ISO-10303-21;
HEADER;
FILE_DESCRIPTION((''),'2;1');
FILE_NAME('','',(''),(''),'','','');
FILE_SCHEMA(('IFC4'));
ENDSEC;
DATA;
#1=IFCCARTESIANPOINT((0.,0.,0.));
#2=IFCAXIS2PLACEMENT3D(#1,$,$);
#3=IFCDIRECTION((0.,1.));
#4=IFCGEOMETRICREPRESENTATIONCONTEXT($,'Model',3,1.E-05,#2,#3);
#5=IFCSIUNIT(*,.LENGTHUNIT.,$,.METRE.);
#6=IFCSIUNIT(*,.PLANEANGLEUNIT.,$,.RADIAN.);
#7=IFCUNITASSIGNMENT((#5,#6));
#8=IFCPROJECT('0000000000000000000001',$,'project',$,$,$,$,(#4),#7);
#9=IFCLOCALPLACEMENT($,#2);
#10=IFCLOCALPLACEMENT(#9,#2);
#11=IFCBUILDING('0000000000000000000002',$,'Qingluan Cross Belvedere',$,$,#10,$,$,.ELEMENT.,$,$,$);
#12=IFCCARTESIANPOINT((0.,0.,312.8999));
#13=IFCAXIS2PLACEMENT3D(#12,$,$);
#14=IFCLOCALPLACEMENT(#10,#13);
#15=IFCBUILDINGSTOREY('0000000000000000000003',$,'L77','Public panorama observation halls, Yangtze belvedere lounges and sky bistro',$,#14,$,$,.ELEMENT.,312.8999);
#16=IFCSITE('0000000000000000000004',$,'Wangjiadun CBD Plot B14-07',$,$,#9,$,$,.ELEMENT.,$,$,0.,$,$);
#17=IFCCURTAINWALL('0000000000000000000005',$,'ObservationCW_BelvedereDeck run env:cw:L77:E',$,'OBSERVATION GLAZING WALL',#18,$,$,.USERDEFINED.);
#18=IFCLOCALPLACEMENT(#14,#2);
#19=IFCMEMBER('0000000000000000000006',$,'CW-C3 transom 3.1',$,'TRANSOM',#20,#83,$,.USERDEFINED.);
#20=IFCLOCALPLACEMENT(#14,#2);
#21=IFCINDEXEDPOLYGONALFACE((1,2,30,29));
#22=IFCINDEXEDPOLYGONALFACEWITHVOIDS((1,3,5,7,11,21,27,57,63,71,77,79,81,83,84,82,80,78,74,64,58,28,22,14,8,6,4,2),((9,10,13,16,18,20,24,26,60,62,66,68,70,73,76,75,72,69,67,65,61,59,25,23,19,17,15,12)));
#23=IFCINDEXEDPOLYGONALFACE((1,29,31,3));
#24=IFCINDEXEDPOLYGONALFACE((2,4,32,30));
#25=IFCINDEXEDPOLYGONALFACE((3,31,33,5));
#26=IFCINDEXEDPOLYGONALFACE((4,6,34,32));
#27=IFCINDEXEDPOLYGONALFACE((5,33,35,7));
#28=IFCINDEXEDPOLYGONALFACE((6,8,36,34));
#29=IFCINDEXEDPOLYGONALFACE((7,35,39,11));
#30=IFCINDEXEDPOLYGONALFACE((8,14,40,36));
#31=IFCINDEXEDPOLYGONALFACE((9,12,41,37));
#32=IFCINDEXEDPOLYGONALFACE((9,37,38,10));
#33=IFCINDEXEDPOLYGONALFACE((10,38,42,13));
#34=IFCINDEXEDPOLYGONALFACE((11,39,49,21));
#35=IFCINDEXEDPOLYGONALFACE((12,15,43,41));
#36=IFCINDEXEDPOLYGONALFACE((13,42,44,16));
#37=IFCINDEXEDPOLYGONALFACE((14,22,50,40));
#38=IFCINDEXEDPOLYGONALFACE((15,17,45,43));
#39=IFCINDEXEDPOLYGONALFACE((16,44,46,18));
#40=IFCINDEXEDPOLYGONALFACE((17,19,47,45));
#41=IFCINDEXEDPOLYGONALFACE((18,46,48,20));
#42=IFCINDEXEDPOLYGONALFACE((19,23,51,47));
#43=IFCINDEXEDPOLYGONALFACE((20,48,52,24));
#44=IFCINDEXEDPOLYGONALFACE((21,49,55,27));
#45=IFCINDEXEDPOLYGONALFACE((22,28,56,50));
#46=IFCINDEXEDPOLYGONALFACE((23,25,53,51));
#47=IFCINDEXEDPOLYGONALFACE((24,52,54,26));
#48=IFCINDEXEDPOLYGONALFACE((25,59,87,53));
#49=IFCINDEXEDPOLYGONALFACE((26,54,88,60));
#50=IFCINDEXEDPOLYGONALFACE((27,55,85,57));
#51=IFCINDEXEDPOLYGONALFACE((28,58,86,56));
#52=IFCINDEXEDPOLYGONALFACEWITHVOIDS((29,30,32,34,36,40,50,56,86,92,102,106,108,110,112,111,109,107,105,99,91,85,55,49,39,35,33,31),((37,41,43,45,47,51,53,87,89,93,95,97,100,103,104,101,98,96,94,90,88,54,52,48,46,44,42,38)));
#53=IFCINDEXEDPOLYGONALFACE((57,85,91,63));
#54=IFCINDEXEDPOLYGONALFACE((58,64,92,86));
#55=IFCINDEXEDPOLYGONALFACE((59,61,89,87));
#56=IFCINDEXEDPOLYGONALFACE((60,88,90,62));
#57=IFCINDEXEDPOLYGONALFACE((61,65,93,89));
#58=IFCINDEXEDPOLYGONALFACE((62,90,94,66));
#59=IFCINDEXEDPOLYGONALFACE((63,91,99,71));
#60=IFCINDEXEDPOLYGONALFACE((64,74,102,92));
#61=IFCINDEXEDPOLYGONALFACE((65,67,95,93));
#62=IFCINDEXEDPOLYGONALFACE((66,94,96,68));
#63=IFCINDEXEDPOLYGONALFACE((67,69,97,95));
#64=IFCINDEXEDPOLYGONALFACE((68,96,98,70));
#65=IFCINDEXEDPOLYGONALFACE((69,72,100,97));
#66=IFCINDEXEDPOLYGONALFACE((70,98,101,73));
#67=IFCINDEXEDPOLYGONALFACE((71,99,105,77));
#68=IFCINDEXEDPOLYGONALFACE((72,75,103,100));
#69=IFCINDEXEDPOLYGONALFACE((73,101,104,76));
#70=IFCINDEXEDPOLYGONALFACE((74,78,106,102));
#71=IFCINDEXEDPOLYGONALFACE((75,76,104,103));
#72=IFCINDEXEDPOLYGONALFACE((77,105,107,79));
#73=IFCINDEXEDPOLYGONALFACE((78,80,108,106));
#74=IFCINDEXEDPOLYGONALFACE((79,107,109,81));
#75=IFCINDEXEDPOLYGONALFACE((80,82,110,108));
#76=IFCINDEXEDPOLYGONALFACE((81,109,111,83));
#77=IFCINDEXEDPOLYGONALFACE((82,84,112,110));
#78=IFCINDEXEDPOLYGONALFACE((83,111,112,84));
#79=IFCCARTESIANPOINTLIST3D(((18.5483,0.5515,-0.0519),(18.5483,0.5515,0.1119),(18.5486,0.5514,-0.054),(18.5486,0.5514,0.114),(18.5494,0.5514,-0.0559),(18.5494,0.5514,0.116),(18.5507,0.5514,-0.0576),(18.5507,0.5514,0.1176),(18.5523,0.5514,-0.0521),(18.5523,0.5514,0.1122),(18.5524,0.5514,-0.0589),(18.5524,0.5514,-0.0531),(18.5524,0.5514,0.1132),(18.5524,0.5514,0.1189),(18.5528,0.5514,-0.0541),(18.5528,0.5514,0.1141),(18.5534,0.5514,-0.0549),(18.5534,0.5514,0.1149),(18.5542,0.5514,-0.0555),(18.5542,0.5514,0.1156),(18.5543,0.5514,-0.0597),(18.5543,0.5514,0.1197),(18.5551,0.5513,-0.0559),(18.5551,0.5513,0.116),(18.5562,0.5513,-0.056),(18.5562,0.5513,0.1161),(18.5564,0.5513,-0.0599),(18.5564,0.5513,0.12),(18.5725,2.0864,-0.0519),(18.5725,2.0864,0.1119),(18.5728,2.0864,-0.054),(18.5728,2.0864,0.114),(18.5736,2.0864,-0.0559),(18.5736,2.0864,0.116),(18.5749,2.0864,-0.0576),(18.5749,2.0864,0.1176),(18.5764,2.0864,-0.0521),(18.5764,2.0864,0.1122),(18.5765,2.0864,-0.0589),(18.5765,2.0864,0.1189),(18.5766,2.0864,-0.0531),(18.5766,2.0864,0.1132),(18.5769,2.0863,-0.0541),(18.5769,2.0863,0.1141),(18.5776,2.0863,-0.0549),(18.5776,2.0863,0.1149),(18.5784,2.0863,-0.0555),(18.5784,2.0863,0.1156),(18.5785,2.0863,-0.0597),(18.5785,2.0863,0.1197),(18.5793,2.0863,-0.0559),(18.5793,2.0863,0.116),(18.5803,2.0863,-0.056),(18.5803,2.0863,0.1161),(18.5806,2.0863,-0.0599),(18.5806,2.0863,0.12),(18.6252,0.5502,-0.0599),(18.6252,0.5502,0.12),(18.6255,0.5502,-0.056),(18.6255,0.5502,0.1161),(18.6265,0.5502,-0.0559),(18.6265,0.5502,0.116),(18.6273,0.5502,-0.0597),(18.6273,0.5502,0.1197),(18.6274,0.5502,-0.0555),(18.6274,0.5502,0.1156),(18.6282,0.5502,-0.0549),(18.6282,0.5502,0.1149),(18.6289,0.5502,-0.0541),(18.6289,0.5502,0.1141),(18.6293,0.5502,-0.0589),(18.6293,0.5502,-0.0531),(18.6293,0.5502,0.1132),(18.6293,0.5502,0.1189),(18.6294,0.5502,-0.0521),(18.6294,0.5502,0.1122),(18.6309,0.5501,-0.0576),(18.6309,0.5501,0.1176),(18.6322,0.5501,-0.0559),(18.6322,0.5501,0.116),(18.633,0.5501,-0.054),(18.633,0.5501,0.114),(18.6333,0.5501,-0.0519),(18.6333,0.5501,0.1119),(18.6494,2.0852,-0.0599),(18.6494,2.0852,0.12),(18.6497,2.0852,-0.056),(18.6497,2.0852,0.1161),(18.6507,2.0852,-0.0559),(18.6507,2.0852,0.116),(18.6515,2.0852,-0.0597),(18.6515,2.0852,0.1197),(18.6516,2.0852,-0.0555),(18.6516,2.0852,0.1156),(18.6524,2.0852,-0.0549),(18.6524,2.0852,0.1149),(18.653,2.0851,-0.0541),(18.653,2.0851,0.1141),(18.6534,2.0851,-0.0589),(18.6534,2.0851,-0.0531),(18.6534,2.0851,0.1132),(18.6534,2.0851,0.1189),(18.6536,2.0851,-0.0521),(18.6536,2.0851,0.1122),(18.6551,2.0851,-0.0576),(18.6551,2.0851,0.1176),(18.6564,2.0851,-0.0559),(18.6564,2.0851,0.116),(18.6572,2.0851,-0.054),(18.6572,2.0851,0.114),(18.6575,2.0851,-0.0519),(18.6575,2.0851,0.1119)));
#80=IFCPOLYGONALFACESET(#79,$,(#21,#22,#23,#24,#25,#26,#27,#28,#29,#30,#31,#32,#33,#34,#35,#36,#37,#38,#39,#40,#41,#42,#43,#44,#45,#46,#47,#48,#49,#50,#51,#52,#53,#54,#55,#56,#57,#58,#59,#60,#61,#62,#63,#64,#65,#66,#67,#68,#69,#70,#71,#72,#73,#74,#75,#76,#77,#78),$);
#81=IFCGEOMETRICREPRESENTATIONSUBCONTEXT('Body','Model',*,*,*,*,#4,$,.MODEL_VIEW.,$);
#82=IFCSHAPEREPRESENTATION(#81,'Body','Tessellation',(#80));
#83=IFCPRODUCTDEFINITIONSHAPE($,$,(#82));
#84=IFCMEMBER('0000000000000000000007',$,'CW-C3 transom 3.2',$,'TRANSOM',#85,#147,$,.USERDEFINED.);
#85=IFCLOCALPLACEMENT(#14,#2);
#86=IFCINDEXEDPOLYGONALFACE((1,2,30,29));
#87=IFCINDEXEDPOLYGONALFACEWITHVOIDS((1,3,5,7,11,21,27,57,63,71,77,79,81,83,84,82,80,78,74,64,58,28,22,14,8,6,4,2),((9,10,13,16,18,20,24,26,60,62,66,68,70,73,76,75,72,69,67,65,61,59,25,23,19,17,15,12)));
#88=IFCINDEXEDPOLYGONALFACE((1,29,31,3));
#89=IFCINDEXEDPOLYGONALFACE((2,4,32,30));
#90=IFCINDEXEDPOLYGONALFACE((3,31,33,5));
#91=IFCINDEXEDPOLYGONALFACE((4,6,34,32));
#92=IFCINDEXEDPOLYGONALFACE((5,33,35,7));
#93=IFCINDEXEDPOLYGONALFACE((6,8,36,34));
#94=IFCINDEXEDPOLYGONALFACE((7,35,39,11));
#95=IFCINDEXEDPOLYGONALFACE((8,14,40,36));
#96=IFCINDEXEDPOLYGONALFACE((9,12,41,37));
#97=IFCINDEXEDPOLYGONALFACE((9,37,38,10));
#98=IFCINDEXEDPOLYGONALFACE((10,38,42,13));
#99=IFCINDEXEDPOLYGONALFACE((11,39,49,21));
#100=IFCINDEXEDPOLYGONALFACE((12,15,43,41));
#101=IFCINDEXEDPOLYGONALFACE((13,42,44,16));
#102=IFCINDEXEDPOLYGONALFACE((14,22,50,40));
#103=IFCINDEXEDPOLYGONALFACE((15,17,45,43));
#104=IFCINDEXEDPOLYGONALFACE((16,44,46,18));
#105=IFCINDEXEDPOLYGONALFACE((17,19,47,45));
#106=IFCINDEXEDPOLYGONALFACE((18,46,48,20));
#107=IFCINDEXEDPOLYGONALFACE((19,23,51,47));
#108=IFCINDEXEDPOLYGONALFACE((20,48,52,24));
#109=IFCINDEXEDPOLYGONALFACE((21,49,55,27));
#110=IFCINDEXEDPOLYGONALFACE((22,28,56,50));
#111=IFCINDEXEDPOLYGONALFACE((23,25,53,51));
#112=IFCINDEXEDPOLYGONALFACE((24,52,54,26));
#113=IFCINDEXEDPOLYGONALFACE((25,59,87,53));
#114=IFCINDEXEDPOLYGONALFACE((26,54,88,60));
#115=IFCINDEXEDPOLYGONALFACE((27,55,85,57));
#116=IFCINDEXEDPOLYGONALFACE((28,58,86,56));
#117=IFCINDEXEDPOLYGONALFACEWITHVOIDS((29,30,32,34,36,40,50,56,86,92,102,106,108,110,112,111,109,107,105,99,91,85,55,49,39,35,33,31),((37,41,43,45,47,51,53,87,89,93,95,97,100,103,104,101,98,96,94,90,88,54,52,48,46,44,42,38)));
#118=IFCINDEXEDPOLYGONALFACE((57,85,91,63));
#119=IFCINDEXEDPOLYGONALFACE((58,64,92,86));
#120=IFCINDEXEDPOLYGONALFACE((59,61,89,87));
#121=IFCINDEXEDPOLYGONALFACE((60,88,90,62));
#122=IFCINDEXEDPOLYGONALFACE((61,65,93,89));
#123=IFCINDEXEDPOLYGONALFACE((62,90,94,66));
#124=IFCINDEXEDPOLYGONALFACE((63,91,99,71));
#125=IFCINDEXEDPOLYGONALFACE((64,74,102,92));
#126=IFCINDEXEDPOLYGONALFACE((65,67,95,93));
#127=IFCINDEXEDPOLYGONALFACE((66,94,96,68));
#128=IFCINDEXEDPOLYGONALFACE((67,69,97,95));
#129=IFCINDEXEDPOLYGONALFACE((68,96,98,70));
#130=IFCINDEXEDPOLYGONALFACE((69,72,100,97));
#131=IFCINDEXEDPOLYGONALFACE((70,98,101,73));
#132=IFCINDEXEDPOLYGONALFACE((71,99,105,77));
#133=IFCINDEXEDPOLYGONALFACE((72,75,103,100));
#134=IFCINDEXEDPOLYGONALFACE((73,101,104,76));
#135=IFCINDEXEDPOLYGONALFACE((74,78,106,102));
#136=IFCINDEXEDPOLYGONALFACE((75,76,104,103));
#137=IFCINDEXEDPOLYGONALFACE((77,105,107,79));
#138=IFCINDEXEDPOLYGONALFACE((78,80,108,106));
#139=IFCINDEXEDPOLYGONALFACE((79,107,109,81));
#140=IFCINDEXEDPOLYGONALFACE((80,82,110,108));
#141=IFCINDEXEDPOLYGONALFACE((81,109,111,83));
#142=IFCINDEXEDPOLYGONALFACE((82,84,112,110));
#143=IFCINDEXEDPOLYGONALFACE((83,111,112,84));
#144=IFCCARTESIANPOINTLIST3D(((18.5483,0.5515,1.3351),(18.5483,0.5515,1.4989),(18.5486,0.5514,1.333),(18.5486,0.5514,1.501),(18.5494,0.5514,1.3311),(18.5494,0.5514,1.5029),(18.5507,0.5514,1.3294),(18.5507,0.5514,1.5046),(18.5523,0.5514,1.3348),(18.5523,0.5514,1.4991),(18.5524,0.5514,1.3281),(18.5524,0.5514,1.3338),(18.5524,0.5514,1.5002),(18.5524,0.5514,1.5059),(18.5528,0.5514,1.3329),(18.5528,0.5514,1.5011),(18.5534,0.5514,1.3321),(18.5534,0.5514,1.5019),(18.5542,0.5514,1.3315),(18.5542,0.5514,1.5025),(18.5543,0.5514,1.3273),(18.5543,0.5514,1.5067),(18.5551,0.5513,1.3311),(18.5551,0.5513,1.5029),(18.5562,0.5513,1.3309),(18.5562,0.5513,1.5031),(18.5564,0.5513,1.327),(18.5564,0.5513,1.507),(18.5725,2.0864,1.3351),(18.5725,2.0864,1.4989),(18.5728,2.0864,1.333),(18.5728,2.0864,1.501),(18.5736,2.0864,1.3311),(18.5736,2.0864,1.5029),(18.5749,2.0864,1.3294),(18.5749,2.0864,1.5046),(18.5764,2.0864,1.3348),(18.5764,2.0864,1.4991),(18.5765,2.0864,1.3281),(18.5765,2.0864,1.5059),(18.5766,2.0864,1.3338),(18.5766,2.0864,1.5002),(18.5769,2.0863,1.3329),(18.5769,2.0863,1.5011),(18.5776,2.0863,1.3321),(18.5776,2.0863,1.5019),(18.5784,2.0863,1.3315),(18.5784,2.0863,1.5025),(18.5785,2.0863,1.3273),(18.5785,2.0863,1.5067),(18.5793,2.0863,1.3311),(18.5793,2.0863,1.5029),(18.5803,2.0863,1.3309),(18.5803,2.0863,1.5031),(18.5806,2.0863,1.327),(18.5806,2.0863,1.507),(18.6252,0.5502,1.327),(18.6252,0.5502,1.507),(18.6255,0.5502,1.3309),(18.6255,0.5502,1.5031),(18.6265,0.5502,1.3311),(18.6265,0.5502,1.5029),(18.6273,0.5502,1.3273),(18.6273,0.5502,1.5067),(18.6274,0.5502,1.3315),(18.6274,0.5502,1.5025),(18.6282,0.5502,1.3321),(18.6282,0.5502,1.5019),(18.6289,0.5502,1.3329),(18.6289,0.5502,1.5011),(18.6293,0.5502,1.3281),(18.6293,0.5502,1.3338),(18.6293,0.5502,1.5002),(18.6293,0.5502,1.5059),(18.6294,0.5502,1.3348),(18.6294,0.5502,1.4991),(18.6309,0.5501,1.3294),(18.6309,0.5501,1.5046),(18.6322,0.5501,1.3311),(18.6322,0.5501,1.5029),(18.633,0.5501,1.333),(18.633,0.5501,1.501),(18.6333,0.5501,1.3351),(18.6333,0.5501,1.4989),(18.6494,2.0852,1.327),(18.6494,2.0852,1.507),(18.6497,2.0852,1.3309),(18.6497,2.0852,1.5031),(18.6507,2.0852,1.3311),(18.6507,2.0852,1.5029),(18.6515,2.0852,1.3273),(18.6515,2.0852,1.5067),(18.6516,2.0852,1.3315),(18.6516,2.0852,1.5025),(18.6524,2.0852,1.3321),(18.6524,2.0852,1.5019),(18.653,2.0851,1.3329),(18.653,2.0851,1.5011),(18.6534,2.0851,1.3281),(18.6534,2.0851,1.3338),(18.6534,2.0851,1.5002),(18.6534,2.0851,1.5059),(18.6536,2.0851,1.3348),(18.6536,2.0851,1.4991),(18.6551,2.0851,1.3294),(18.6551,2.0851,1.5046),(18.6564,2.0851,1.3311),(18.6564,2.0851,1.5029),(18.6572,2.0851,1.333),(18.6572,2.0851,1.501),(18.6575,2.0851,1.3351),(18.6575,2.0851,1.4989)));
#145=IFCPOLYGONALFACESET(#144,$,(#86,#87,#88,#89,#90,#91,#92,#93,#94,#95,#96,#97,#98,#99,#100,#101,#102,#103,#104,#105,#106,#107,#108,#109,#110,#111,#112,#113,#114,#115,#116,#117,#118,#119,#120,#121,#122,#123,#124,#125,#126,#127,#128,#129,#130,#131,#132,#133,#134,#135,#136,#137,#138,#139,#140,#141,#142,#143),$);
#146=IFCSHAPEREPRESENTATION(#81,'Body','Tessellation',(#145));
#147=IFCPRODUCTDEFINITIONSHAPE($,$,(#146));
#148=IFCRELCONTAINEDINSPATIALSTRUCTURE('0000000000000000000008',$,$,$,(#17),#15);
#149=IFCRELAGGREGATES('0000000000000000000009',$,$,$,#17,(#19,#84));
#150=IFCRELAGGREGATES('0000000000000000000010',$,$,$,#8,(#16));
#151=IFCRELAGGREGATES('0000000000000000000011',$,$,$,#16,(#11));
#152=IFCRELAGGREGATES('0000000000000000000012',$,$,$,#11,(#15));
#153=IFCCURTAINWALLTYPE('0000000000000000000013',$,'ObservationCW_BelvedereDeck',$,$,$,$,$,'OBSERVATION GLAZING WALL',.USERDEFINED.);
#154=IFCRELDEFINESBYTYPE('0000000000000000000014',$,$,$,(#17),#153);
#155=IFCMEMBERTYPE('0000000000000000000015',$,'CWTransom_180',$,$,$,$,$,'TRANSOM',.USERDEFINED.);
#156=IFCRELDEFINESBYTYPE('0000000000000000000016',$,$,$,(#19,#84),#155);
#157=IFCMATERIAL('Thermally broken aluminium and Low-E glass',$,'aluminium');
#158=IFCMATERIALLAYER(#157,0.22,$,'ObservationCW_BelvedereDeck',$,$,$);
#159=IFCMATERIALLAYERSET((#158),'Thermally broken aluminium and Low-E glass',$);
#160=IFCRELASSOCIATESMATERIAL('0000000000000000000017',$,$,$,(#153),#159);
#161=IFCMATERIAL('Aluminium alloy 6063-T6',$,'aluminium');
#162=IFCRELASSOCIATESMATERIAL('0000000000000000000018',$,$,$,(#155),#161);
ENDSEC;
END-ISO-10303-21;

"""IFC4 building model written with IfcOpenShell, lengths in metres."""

from ifc_helpers import new_model, si_unit, direction, frame, origin, origin_2d, place, context, subcontext, project, spatial, hollow_rectangle, extrude, material, layer, layer_set, material_profile, profile_set, type_object, element, aggregate, save


model = new_model("IFC4")

# Units and contexts
model_context = context("Model", 3, precision=1e-05, world=origin(), true_north=direction((0.0, 1.0)))
body_context = subcontext(model_context, "Body", "Model", "MODEL_VIEW")
ifc_project = project(units=[si_unit("LENGTHUNIT", "METRE"), si_unit("PLANEANGLEUNIT", "RADIAN")], contexts=[model_context])

# Site, building, storey
site_placement = place(None, origin())
site = spatial("IfcSite", under=ifc_project, at=site_placement, Name="Wangjiadun CBD Plot B14-07", CompositionType="ELEMENT", RefElevation=0.0)
building_placement = place(site_placement, origin())
building = spatial("IfcBuilding", under=site, at=building_placement, Name="Qingluan Cross Belvedere", CompositionType="ELEMENT")
storey_placement = place(building_placement, frame((0.0, 0.0, 312.8999)))
storey = spatial("IfcBuildingStorey", under=building, at=storey_placement, Name="L77", Description="Public panorama observation halls, Yangtze belvedere lounges and sky bistro", CompositionType="ELEMENT", Elevation=312.8999)

# Curtain wall, members
ifc_material_1 = material(Name="Thermally broken aluminium and Low-E glass", Category="aluminium")
ifc_layer_1 = layer(ifc_material_1, 0.22, Name="ObservationCW_BelvedereDeck")
ifc_layer_set_1 = layer_set([ifc_layer_1], Name="Thermally broken aluminium and Low-E glass")
curtain_wall_type = type_object("IfcCurtainWallType", Name="ObservationCW_BelvedereDeck", ElementType="OBSERVATION GLAZING WALL", PredefinedType="USERDEFINED", material=ifc_layer_set_1)
curtain_wall_placement = place(storey_placement, origin())
curtain_wall = element("IfcCurtainWall", 1, at=curtain_wall_placement, inside=storey, type_object=curtain_wall_type, Name="ObservationCW_BelvedereDeck run env:cw:L77:E", ObjectType="OBSERVATION GLAZING WALL", PredefinedType="USERDEFINED")
ifc_material_2 = material(Name="Aluminium alloy 6063-T6", Category="aluminium")
ifc_material_profile_1 = material_profile(ifc_material_2, hollow_rectangle(XDim=0.085, YDim=0.1799, WallThickness=0.0039, InnerFilletRadius=0.0039, OuterFilletRadius=0.0081, at=origin_2d()), Name="CWT180x85x4")
ifc_profile_set_1 = profile_set([ifc_material_profile_1], Name="Aluminium alloy 6063-T6")
member_type_1 = type_object("IfcMemberType", Name="CWTransom_180", ElementType="TRANSOM", PredefinedType="USERDEFINED", material=ifc_profile_set_1)
member_1_placement = place(storey_placement, frame((18.5908, 0.5508, 0.03), z_axis=(0.015745, 0.999876, 0.0), x_axis=(-0.999876, 0.015745, 0.0)))
member_1 = element("IfcMember", 2, at=member_1_placement, type_object=member_type_1, Name="CW-C3 transom 3.1", ObjectType="TRANSOM", PredefinedType="USERDEFINED", context=body_context, shape_type="SweptSolid", body=[
    extrude(hollow_rectangle(XDim=0.085, YDim=0.1799, WallThickness=0.0039, InnerFilletRadius=0.0039, OuterFilletRadius=0.0081, at=origin_2d()), origin(), (0.0, 0.0, 1.0), 1.5352),
])
member_2_placement = place(storey_placement, frame((18.5908, 0.5508, 1.417), z_axis=(0.015745, 0.999876, 0.0), x_axis=(-0.999876, 0.015745, 0.0)))
member_2 = element("IfcMember", 3, at=member_2_placement, type_object=member_type_1, Name="CW-C3 transom 3.2", ObjectType="TRANSOM", PredefinedType="USERDEFINED", context=body_context, shape_type="SweptSolid", body=[
    extrude(hollow_rectangle(XDim=0.085, YDim=0.1799, WallThickness=0.0039, InnerFilletRadius=0.0039, OuterFilletRadius=0.0081, at=origin_2d()), origin(), (0.0, 0.0, 1.0), 1.5352),
])

aggregate(curtain_wall, [member_1, member_2])

save(model, "model.ifc")
